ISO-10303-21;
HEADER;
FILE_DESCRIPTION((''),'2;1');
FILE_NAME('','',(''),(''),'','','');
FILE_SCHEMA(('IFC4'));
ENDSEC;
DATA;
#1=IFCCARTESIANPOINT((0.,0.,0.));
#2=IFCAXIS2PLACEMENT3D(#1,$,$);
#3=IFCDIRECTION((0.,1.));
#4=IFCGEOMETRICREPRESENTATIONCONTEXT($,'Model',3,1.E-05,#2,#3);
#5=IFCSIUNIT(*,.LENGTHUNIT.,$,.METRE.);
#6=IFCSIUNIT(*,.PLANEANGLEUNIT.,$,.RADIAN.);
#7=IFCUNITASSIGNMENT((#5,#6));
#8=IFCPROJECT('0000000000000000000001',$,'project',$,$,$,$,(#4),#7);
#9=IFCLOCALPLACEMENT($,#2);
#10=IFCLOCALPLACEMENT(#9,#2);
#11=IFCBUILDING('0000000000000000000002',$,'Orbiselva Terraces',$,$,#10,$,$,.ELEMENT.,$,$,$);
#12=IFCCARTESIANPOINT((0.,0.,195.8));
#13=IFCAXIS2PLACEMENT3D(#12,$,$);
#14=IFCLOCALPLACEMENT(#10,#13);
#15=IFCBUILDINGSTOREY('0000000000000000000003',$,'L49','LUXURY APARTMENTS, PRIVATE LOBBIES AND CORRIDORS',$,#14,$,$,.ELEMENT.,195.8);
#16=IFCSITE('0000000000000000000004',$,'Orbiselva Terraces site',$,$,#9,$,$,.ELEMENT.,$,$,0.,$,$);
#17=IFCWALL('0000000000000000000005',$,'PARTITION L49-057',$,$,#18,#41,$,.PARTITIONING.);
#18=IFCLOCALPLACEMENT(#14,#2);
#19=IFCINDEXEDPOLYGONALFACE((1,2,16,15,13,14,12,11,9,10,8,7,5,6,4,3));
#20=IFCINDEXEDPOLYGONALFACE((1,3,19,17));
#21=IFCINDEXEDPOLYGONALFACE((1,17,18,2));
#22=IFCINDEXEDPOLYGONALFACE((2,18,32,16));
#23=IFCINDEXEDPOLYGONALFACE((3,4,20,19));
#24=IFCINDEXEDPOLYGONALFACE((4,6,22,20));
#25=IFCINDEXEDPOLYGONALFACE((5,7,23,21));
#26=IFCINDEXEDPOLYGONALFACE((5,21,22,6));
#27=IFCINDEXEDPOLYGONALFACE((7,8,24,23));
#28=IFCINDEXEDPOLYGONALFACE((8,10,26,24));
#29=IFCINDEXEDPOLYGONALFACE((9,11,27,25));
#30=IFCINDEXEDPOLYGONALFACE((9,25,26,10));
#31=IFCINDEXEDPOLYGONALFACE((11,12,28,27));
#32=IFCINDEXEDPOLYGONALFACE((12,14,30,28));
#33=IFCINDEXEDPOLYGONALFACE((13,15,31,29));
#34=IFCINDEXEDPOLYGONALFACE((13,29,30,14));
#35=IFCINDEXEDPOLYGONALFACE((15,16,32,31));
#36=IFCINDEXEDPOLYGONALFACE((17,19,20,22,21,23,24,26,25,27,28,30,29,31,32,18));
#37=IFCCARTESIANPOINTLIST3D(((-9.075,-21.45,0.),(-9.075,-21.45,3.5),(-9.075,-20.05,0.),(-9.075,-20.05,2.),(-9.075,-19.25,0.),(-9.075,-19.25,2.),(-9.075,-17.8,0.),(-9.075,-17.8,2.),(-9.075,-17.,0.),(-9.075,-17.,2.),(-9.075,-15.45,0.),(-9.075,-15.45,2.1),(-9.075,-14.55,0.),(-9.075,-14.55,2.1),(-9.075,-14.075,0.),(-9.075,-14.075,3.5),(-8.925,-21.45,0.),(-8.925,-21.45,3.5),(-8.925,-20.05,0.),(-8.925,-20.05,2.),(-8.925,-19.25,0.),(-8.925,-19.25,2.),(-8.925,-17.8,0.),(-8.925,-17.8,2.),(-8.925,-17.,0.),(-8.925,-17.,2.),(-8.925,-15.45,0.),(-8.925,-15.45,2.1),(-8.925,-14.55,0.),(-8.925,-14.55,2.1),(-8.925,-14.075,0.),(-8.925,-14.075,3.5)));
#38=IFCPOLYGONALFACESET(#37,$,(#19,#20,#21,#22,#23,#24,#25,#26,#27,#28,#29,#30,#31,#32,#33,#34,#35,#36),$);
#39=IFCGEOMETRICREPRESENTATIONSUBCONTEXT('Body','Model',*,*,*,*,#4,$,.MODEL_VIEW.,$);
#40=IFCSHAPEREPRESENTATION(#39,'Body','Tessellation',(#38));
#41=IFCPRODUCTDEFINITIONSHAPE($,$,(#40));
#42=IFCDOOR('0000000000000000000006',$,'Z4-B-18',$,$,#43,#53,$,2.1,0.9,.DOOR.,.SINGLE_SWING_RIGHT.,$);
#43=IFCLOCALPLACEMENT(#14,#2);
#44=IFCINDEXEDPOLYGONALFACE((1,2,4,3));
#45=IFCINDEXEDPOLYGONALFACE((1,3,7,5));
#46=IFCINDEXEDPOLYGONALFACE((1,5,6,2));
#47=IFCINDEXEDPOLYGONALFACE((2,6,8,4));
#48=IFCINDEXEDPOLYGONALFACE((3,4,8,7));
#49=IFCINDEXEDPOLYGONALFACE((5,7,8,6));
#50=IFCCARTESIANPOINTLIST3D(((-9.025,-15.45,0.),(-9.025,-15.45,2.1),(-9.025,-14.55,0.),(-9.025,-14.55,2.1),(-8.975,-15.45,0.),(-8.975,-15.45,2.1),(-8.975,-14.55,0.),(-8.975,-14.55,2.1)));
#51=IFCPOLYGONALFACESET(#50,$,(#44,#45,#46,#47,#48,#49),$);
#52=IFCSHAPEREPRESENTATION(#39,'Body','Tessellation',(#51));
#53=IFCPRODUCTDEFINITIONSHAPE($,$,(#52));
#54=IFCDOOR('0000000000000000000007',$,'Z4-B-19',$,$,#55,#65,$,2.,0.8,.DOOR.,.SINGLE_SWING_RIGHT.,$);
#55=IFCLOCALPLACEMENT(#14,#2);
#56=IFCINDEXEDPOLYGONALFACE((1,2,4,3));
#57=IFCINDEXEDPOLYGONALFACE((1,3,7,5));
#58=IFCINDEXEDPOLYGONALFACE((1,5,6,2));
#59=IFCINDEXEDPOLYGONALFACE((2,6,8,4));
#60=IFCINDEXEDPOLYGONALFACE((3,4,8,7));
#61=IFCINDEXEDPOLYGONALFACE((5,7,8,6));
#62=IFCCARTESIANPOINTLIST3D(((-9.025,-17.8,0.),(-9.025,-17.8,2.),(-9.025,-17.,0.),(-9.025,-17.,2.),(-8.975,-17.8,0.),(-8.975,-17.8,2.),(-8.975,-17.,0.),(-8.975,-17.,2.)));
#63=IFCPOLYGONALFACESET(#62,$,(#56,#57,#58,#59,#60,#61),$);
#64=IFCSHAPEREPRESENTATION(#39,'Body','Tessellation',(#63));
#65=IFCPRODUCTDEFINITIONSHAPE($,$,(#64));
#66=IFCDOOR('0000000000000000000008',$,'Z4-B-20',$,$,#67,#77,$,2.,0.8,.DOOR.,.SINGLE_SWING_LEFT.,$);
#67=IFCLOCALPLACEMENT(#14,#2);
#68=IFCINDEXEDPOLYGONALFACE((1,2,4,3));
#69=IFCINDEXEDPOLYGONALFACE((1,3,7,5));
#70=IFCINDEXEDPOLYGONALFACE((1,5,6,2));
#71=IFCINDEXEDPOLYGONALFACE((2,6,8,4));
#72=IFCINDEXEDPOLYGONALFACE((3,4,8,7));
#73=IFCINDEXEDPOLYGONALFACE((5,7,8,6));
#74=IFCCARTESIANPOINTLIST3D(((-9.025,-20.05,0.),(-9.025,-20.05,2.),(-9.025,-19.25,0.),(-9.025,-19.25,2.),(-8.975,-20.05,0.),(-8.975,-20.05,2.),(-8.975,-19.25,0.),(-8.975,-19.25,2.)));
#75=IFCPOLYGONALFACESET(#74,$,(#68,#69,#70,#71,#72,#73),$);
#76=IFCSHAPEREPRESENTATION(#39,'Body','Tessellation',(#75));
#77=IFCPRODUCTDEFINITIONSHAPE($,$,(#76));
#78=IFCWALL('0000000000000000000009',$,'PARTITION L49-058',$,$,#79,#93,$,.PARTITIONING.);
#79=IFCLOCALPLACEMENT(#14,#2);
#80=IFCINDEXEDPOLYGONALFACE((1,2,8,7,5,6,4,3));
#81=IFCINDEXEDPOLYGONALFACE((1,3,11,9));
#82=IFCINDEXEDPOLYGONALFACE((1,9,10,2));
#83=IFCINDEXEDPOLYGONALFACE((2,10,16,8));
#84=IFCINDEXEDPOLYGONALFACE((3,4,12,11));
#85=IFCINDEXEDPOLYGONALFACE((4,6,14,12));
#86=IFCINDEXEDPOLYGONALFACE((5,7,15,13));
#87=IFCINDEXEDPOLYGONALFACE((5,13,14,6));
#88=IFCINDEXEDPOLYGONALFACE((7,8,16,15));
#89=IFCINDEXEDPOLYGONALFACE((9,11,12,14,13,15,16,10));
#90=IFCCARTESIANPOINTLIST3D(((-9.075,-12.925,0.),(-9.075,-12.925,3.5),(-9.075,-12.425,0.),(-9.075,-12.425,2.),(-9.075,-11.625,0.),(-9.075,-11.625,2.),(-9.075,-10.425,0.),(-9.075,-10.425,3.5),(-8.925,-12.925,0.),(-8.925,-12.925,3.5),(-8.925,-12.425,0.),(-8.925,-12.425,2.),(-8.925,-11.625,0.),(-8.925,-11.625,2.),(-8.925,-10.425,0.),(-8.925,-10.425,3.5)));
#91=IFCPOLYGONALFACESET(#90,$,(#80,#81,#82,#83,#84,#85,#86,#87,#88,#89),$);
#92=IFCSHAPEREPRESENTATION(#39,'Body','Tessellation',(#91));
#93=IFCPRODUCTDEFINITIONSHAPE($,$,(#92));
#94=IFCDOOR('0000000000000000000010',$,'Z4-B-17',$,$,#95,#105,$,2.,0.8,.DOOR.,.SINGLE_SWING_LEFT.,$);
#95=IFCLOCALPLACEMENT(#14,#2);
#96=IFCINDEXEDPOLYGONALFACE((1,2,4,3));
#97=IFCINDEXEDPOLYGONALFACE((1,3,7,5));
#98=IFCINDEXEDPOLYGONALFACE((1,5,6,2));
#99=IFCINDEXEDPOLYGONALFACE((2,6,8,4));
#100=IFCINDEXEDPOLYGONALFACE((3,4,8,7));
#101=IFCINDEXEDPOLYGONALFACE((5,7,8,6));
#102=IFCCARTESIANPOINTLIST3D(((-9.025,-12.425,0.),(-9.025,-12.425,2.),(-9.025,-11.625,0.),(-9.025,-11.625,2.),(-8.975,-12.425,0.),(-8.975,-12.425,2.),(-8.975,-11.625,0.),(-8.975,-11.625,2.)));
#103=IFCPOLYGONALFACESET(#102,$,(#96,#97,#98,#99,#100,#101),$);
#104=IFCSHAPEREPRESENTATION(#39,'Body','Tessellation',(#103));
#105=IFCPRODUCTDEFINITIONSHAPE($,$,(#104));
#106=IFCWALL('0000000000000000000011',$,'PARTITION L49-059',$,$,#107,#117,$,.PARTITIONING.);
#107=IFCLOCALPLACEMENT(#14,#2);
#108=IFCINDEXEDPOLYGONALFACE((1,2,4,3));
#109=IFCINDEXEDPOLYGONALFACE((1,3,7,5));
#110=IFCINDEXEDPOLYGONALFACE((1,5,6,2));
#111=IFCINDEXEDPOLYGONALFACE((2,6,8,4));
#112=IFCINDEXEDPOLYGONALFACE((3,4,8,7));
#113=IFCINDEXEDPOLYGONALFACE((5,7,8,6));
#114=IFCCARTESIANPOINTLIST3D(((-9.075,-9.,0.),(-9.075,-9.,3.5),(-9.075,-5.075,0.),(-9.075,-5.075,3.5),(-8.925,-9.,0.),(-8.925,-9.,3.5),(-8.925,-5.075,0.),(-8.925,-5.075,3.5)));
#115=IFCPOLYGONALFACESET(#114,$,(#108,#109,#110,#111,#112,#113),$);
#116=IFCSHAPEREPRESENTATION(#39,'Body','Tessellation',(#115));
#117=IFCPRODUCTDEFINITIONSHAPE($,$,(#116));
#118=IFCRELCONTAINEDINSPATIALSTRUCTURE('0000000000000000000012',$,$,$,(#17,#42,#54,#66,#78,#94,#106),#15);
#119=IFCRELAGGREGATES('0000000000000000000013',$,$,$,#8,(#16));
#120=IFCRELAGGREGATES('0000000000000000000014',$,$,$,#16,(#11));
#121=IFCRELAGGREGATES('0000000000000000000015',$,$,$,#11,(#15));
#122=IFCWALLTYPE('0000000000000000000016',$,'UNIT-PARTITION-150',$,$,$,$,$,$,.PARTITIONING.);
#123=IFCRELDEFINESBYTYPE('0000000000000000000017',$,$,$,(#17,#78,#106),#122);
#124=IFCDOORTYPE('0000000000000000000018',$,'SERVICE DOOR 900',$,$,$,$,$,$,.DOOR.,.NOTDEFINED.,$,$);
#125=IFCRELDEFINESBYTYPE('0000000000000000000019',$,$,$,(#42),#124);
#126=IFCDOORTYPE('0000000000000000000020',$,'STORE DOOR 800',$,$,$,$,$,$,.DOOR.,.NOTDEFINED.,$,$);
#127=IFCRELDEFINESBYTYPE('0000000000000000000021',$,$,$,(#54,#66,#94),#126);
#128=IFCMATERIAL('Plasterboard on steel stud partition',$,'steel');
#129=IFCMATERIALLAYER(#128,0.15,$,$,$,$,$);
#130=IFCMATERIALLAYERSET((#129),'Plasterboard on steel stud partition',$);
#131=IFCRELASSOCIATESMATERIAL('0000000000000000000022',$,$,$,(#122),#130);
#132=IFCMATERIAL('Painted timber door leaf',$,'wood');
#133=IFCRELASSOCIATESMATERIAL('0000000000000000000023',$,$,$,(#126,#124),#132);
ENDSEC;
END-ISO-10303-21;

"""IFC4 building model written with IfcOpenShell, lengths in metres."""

from ifc_helpers import new_model, si_unit, direction, frame, frame_2d, origin, place, context, subcontext, project, spatial, rectangle, extrude, material, layer, layer_set, type_object, element, fill, save


model = new_model("IFC4")

# Units and contexts
model_context = context("Model", 3, precision=1e-05, world=origin(), true_north=direction((0.0, 1.0)))
body_context = subcontext(model_context, "Body", "Model", "MODEL_VIEW")
ifc_project = project(units=[si_unit("LENGTHUNIT", "METRE"), si_unit("PLANEANGLEUNIT", "RADIAN")], contexts=[model_context])

# Site, building, storey
site_placement = place(None, origin())
site = spatial("IfcSite", under=ifc_project, at=site_placement, Name="Orbiselva Terraces site", CompositionType="ELEMENT", RefElevation=0.0)
building_placement = place(site_placement, origin())
building = spatial("IfcBuilding", under=site, at=building_placement, Name="Orbiselva Terraces", CompositionType="ELEMENT")
storey_placement = place(building_placement, frame((0.0, 0.0, 195.8)))
storey = spatial("IfcBuildingStorey", under=building, at=storey_placement, Name="L49", Description="LUXURY APARTMENTS, PRIVATE LOBBIES AND CORRIDORS", CompositionType="ELEMENT", Elevation=195.8)

# Shared definitions
ifc_material_1 = material(Name="Plasterboard on steel stud partition", Category="steel")
ifc_material_2 = material(Name="Painted timber door leaf", Category="wood")

# Shared definitions
ifc_layer_1 = layer(ifc_material_1, 0.15)
ifc_layer_set_1 = layer_set([ifc_layer_1], Name="Plasterboard on steel stud partition")
wall_type_1 = type_object("IfcWallType", Name="UNIT-PARTITION-150", PredefinedType="PARTITIONING", material=ifc_layer_set_1)

# Shared definitions
door_type_1 = type_object("IfcDoorType", Name="STORE DOOR 800", OperationType="NOTDEFINED", PredefinedType="DOOR", material=ifc_material_2)

# Wall, openings, doors
wall_1_placement = place(storey_placement, frame((-9.0, -21.45, 0.0), z_axis=(0.0, 0.0, 1.0), x_axis=(0.0, 1.0, 0.0)))
wall_1 = element("IfcWall", 1, at=wall_1_placement, inside=storey, type_object=wall_type_1, Name="PARTITION L49-057", PredefinedType="PARTITIONING", context=body_context, shape_type="SweptSolid", body=[
    extrude(rectangle(XDim=7.375, YDim=0.15, at=frame_2d((3.6875, 0.0))), origin(), (0.0, 0.0, 1.0), 3.5),
])
opening_1_placement = place(wall_1_placement, frame((6.0, 0.0, 0.0)))
opening_1 = element("IfcOpeningElement", 2, at=opening_1_placement, cuts=wall_1, PredefinedType="OPENING", context=body_context, shape_type="SweptSolid", body=[
    extrude(rectangle(XDim=0.9, YDim=2.1, at=frame_2d((0.45, 1.05))), frame((0.0, 0.085, 0.0), z_axis=(0.0, -1.0, 0.0), x_axis=(1.0, 0.0, 0.0)), (0.0, 0.0, 1.0), 0.17),
])
opening_2_placement = place(wall_1_placement, frame((3.65, 0.0, 0.0)))
opening_2 = element("IfcOpeningElement", 3, at=opening_2_placement, cuts=wall_1, PredefinedType="OPENING", context=body_context, shape_type="SweptSolid", body=[
    extrude(rectangle(XDim=0.8, YDim=2.0, at=frame_2d((0.4, 1.0))), frame((0.0, 0.085, 0.0), z_axis=(0.0, -1.0, 0.0), x_axis=(1.0, 0.0, 0.0)), (0.0, 0.0, 1.0), 0.17),
])
opening_3_placement = place(wall_1_placement, frame((1.4, 0.0, 0.0)))
opening_3 = element("IfcOpeningElement", 4, at=opening_3_placement, cuts=wall_1, PredefinedType="OPENING", context=body_context, shape_type="SweptSolid", body=[
    extrude(rectangle(XDim=0.8, YDim=2.0, at=frame_2d((0.4, 1.0))), frame((0.0, 0.085, 0.0), z_axis=(0.0, -1.0, 0.0), x_axis=(1.0, 0.0, 0.0)), (0.0, 0.0, 1.0), 0.17),
])
door_type_2 = type_object("IfcDoorType", Name="SERVICE DOOR 900", OperationType="NOTDEFINED", PredefinedType="DOOR", material=ifc_material_2)
door_1_placement = place(opening_1_placement, origin())
door_1 = element("IfcDoor", 5, at=door_1_placement, inside=storey, type_object=door_type_2, Name="Z4-B-18", OperationType="SINGLE_SWING_RIGHT", OverallHeight=2.1, OverallWidth=0.9, PredefinedType="DOOR", context=body_context, shape_type="SweptSolid", body=[
    extrude(rectangle(XDim=0.9, YDim=2.1, at=frame_2d((0.45, 1.05))), frame((0.0, 0.025, 0.0), z_axis=(0.0, -1.0, 0.0), x_axis=(1.0, 0.0, 0.0)), (0.0, 0.0, 1.0), 0.05),
])
fill(opening_1, door_1)
door_2_placement = place(opening_2_placement, origin())
door_2 = element("IfcDoor", 6, at=door_2_placement, inside=storey, type_object=door_type_1, Name="Z4-B-19", OperationType="SINGLE_SWING_RIGHT", OverallHeight=2.0, OverallWidth=0.8, PredefinedType="DOOR", context=body_context, shape_type="SweptSolid", body=[
    extrude(rectangle(XDim=0.8, YDim=2.0, at=frame_2d((0.4, 1.0))), frame((0.0, 0.025, 0.0), z_axis=(0.0, -1.0, 0.0), x_axis=(1.0, 0.0, 0.0)), (0.0, 0.0, 1.0), 0.05),
])
fill(opening_2, door_2)
door_3_placement = place(opening_3_placement, origin())
door_3 = element("IfcDoor", 7, at=door_3_placement, inside=storey, type_object=door_type_1, Name="Z4-B-20", OperationType="SINGLE_SWING_LEFT", OverallHeight=2.0, OverallWidth=0.8, PredefinedType="DOOR", context=body_context, shape_type="SweptSolid", body=[
    extrude(rectangle(XDim=0.8, YDim=2.0, at=frame_2d((0.4, 1.0))), frame((0.0, 0.025, 0.0), z_axis=(0.0, -1.0, 0.0), x_axis=(1.0, 0.0, 0.0)), (0.0, 0.0, 1.0), 0.05),
])
fill(opening_3, door_3)

# Wall, opening, door
wall_2_placement = place(storey_placement, frame((-9.0, -12.925, 0.0), z_axis=(0.0, 0.0, 1.0), x_axis=(0.0, 1.0, 0.0)))
wall_2 = element("IfcWall", 8, at=wall_2_placement, inside=storey, type_object=wall_type_1, Name="PARTITION L49-058", PredefinedType="PARTITIONING", context=body_context, shape_type="SweptSolid", body=[
    extrude(rectangle(XDim=2.5, YDim=0.15, at=frame_2d((1.25, 0.0))), origin(), (0.0, 0.0, 1.0), 3.5),
])
opening_4_placement = place(wall_2_placement, frame((0.5, 0.0, 0.0)))
opening_4 = element("IfcOpeningElement", 9, at=opening_4_placement, cuts=wall_2, PredefinedType="OPENING", context=body_context, shape_type="SweptSolid", body=[
    extrude(rectangle(XDim=0.8, YDim=2.0, at=frame_2d((0.4, 1.0))), frame((0.0, 0.085, 0.0), z_axis=(0.0, -1.0, 0.0), x_axis=(1.0, 0.0, 0.0)), (0.0, 0.0, 1.0), 0.17),
])
door_4_placement = place(opening_4_placement, origin())
door_4 = element("IfcDoor", 10, at=door_4_placement, inside=storey, type_object=door_type_1, Name="Z4-B-17", OperationType="SINGLE_SWING_LEFT", OverallHeight=2.0, OverallWidth=0.8, PredefinedType="DOOR", context=body_context, shape_type="SweptSolid", body=[
    extrude(rectangle(XDim=0.8, YDim=2.0, at=frame_2d((0.4, 1.0))), frame((0.0, 0.025, 0.0), z_axis=(0.0, -1.0, 0.0), x_axis=(1.0, 0.0, 0.0)), (0.0, 0.0, 1.0), 0.05),
])
fill(opening_4, door_4)

# Wall
wall_3_placement = place(storey_placement, frame((-9.0, -9.0, 0.0), z_axis=(0.0, 0.0, 1.0), x_axis=(0.0, 1.0, 0.0)))
element("IfcWall", 11, at=wall_3_placement, inside=storey, type_object=wall_type_1, Name="PARTITION L49-059", PredefinedType="PARTITIONING", context=body_context, shape_type="SweptSolid", body=[
    extrude(rectangle(XDim=3.925, YDim=0.15, at=frame_2d((1.9625, 0.0))), origin(), (0.0, 0.0, 1.0), 3.5),
])

save(model, "model.ifc")
